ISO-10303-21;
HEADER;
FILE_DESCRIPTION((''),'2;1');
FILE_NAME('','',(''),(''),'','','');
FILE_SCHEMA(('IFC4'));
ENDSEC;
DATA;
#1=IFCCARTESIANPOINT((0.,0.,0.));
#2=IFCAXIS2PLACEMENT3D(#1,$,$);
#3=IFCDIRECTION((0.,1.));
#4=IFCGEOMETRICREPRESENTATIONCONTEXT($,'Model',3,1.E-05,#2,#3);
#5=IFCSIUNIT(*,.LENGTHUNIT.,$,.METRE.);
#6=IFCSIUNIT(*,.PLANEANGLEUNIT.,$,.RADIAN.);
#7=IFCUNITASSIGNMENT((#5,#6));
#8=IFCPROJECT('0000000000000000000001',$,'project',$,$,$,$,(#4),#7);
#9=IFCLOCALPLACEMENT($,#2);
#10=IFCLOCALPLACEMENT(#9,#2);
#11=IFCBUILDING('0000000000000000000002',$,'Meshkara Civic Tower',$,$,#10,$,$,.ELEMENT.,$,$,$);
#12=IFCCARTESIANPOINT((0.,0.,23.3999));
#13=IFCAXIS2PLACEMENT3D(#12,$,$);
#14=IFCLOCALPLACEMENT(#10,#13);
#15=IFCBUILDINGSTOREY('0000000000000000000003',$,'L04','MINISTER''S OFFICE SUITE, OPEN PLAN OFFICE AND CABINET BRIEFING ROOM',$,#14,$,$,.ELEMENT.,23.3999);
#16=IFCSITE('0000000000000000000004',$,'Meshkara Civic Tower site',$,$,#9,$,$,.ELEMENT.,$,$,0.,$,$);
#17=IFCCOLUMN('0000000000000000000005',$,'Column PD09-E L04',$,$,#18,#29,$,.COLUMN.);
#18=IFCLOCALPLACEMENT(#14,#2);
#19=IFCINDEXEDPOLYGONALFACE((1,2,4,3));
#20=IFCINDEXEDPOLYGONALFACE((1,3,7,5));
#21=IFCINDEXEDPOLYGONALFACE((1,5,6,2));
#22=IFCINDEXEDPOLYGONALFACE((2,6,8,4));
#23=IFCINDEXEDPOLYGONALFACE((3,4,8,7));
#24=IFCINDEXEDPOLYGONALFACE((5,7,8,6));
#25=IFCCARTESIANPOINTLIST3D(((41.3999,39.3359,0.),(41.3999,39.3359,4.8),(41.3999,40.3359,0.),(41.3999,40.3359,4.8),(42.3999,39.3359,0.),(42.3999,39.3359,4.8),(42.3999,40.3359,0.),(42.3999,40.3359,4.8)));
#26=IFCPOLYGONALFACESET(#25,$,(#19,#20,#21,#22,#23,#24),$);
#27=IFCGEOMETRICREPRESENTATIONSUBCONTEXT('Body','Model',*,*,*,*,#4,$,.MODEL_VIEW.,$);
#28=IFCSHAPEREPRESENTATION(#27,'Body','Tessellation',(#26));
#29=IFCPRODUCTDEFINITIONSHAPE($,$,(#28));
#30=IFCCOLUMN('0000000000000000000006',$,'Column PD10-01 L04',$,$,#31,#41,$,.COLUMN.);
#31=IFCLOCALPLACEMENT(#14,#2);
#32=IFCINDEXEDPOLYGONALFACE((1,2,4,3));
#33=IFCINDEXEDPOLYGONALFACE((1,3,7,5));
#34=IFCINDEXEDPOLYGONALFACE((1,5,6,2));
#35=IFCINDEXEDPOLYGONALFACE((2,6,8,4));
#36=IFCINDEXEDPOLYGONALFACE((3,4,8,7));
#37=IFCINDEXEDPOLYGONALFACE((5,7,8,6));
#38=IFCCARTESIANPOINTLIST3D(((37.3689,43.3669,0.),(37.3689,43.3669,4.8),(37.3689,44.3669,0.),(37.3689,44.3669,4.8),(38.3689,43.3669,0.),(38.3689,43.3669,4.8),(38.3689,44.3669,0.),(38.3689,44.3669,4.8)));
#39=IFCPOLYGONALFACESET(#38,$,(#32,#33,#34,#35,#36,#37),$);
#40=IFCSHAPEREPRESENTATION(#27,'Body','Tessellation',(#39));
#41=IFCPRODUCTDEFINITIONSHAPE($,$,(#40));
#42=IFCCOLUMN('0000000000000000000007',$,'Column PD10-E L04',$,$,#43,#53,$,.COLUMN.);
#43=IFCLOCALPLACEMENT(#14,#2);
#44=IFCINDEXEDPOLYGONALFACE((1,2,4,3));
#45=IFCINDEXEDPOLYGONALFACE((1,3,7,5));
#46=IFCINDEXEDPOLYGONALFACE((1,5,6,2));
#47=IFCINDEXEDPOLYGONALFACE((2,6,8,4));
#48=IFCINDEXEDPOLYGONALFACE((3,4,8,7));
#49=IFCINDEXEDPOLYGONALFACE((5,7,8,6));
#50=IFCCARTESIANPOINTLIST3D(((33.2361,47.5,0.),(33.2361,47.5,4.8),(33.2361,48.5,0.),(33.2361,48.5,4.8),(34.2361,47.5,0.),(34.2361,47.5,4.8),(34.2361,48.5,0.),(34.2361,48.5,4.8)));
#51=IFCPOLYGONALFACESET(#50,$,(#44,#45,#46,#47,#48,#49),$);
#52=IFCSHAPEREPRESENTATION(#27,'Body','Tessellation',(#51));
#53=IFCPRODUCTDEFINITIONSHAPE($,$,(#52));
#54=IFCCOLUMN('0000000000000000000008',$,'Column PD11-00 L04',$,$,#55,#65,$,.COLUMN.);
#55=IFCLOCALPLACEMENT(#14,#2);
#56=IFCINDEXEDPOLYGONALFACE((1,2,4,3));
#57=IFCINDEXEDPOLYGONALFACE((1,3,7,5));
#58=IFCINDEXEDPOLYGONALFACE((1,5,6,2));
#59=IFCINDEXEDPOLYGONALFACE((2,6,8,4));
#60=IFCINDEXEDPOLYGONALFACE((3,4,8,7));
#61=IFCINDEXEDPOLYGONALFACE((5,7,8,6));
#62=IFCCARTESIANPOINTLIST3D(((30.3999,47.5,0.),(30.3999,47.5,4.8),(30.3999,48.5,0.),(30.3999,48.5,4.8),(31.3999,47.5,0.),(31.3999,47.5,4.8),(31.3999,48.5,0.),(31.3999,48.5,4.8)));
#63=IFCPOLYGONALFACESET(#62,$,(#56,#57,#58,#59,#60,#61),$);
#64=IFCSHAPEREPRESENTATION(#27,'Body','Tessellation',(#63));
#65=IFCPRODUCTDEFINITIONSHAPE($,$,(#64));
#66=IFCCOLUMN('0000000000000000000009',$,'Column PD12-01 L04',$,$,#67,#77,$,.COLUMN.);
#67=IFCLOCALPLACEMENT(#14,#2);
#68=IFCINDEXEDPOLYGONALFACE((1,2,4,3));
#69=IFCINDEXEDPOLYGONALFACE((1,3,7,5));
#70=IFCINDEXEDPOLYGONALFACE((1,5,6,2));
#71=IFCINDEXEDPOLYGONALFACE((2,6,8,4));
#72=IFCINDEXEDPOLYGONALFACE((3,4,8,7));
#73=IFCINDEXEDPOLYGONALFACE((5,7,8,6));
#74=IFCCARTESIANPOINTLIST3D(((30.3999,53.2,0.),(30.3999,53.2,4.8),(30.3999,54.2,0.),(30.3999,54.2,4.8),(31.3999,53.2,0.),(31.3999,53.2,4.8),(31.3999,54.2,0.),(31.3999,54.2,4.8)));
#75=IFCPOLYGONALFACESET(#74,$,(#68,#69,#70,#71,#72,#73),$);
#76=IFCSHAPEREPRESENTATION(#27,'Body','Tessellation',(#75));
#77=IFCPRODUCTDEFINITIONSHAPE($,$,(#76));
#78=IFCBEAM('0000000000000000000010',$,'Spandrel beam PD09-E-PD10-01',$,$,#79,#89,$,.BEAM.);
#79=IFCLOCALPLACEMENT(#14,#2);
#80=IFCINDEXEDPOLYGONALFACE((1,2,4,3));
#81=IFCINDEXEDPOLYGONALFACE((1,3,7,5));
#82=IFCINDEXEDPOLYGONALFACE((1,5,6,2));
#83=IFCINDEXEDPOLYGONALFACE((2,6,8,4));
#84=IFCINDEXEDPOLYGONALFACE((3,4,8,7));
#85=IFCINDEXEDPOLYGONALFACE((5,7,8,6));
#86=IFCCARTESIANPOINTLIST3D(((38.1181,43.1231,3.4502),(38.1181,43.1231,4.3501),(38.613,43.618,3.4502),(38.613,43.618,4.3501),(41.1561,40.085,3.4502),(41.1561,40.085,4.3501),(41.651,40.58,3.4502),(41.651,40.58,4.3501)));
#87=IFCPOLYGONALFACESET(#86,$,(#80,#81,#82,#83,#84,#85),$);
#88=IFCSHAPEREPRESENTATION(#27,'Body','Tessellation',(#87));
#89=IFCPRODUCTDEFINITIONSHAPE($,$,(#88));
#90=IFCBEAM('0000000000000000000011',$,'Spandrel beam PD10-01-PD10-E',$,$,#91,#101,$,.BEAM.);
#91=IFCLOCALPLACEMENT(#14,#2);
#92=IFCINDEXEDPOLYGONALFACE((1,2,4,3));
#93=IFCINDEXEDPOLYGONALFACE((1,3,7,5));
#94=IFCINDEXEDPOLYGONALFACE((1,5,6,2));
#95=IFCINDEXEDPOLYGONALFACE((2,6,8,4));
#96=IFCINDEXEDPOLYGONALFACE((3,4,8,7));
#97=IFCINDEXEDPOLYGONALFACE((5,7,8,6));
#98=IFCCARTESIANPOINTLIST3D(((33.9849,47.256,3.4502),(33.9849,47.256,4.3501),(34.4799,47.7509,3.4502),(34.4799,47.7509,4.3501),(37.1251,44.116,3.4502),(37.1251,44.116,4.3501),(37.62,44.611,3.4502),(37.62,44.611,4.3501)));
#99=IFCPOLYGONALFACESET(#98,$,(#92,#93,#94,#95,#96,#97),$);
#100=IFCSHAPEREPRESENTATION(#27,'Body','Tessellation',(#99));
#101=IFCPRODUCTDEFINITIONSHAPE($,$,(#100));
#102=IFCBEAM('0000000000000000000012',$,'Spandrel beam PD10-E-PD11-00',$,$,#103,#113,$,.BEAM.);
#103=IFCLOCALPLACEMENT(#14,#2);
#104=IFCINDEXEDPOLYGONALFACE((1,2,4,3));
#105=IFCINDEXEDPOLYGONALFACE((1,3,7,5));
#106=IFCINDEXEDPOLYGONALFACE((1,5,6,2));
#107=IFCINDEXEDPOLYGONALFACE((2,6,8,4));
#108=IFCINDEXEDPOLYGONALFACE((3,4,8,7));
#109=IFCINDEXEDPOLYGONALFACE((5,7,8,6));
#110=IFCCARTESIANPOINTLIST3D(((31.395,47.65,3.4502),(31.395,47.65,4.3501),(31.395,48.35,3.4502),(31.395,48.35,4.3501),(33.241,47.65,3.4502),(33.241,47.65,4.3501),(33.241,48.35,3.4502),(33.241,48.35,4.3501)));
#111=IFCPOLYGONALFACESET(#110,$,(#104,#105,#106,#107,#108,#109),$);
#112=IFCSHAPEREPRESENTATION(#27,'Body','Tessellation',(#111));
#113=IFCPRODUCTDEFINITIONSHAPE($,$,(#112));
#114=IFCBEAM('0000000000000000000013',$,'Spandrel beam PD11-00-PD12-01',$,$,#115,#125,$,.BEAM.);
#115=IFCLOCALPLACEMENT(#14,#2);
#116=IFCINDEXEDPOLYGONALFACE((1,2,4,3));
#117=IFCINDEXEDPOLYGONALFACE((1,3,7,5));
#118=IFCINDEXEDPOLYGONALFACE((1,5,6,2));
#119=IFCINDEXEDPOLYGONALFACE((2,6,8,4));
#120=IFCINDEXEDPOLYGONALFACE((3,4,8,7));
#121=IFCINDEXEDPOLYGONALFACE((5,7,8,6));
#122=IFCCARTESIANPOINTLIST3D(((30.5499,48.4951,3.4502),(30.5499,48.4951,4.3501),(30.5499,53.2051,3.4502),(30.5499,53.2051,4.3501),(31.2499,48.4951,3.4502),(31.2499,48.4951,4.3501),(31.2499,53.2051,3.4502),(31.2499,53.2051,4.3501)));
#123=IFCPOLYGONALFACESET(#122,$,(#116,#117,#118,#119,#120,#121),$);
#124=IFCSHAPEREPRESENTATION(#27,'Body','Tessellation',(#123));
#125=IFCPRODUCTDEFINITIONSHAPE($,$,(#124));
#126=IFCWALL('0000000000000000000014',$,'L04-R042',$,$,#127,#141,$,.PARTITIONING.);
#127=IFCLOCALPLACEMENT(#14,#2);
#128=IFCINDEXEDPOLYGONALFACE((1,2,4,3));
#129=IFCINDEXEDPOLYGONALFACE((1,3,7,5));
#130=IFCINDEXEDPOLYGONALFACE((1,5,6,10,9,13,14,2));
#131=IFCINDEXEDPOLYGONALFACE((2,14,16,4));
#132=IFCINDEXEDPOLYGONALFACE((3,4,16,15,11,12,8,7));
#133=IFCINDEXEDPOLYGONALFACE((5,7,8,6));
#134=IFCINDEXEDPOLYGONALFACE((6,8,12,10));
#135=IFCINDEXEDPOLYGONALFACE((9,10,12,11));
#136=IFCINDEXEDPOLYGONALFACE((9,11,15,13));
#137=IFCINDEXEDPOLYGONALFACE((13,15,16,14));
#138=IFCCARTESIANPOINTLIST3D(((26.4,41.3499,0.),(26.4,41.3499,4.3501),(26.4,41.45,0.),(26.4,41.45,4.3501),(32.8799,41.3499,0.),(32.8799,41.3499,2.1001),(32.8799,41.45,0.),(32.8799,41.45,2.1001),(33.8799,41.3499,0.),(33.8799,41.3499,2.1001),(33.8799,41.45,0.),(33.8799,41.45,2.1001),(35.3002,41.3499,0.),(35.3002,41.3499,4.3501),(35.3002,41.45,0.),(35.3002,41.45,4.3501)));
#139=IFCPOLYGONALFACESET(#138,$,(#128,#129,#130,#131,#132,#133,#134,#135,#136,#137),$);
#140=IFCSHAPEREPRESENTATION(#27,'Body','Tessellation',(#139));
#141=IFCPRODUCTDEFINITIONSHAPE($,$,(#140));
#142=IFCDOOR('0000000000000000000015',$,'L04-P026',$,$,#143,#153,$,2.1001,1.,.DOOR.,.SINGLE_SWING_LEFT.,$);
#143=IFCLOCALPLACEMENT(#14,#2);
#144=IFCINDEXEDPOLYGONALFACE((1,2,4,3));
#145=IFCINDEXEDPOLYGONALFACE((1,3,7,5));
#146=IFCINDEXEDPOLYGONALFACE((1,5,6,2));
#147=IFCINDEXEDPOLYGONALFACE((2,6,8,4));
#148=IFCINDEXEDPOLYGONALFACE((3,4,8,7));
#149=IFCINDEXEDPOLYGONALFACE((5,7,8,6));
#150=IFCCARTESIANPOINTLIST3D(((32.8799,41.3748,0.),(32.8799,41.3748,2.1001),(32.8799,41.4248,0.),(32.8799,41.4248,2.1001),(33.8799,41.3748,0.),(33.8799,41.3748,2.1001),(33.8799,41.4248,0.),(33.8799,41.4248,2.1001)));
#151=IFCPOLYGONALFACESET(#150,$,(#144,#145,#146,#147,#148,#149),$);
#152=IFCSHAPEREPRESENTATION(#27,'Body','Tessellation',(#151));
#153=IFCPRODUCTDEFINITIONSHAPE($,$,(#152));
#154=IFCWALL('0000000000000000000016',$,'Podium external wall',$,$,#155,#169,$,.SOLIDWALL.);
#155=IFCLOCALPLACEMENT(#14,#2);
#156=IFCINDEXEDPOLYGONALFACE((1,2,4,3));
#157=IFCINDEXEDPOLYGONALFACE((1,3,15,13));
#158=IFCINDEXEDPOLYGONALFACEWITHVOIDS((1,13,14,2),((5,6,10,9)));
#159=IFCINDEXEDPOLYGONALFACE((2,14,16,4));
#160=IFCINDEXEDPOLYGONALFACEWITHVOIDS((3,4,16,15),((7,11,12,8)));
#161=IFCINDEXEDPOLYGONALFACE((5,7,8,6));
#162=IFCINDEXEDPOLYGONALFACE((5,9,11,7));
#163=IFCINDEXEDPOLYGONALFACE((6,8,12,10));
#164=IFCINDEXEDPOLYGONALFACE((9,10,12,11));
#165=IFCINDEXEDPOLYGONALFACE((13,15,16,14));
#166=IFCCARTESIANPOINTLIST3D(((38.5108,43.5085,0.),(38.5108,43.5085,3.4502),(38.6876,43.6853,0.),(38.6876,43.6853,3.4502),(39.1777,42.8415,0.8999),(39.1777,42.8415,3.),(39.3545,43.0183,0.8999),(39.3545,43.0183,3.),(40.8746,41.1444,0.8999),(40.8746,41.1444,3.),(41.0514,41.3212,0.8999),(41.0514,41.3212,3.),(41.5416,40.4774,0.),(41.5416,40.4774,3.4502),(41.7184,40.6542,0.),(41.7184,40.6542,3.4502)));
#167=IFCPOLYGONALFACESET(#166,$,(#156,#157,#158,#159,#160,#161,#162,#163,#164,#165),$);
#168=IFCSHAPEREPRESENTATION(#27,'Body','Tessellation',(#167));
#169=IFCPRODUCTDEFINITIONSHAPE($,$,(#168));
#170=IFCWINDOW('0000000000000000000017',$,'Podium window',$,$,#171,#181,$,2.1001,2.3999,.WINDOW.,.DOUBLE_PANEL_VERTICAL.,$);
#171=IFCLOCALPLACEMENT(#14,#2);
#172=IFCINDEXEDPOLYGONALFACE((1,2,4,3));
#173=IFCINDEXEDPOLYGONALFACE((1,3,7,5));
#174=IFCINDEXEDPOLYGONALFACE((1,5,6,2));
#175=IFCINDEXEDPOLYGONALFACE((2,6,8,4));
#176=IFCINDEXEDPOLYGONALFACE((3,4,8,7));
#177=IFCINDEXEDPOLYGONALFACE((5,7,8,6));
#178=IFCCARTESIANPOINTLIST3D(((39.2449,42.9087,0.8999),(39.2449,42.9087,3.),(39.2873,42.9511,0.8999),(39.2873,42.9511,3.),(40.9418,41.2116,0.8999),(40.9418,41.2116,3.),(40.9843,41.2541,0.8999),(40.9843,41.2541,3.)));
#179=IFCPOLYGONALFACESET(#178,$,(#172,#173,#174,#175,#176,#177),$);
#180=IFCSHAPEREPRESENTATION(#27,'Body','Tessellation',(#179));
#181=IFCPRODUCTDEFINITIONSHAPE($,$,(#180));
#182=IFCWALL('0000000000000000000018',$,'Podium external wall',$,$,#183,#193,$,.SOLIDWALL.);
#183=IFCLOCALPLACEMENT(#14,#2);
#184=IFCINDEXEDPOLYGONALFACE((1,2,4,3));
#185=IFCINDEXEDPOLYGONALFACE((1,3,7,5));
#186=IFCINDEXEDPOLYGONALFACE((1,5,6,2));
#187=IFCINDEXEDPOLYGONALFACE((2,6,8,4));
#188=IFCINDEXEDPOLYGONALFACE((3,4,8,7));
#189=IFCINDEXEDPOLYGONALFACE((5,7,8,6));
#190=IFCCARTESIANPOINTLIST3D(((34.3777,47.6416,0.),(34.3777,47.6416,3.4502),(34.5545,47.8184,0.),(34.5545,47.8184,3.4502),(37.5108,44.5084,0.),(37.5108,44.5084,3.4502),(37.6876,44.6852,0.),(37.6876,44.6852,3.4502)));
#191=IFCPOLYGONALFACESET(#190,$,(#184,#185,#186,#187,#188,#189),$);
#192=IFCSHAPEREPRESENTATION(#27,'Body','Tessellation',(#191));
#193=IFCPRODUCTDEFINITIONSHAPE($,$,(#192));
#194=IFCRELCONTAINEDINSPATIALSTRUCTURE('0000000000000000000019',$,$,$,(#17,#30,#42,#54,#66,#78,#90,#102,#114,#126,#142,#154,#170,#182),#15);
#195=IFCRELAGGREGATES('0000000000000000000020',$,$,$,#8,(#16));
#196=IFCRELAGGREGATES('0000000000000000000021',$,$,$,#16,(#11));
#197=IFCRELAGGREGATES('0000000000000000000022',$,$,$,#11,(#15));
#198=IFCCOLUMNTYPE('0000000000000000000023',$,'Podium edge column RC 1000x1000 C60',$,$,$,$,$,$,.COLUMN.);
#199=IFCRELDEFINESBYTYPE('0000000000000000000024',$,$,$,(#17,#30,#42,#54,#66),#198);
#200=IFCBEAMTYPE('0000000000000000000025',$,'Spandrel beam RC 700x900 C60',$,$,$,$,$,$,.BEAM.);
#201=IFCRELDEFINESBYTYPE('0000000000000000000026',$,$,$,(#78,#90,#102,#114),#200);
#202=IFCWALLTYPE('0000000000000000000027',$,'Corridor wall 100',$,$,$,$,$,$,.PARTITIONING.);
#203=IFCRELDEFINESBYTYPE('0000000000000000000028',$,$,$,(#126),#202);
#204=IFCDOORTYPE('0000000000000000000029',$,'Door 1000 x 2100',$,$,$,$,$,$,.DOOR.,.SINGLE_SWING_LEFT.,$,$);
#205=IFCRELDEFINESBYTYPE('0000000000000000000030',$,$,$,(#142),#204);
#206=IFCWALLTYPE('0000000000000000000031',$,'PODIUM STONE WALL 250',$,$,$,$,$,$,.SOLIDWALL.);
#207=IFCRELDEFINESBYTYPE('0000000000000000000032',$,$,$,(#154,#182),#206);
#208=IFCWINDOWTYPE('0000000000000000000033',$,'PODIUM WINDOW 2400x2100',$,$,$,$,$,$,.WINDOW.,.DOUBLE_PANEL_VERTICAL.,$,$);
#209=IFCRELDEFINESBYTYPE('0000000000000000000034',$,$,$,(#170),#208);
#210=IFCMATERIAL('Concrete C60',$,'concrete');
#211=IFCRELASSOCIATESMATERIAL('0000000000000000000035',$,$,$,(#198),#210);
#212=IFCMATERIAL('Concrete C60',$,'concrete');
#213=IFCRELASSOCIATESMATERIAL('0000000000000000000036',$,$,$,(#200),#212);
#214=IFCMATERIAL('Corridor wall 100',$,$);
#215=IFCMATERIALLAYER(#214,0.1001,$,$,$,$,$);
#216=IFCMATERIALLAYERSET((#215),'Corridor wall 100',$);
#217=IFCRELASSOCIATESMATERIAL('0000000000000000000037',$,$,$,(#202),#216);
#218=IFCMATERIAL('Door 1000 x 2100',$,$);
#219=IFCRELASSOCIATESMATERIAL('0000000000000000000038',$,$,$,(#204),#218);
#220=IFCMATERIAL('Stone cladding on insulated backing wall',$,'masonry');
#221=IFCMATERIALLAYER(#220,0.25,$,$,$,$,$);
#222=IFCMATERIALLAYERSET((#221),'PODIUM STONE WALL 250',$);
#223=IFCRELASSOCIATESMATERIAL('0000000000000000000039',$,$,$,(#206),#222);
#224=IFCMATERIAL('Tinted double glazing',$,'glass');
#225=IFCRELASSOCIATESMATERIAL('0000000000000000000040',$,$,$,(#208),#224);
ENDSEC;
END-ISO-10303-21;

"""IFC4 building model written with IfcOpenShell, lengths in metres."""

from ifc_helpers import new_model, si_unit, direction, frame, frame_2d, origin, origin_2d, place, context, subcontext, project, spatial, rectangle, extrude, material, layer, layer_set, material_profile, profile_set, type_object, element, fill, save


model = new_model("IFC4")

# Units and contexts
model_context = context("Model", 3, precision=1e-05, world=origin(), true_north=direction((0.0, 1.0)))
body_context = subcontext(model_context, "Body", "Model", "MODEL_VIEW")
ifc_project = project(units=[si_unit("LENGTHUNIT", "METRE"), si_unit("PLANEANGLEUNIT", "RADIAN")], contexts=[model_context])

# Site, building, storey
site_placement = place(None, origin())
site = spatial("IfcSite", under=ifc_project, at=site_placement, Name="Meshkara Civic Tower site", CompositionType="ELEMENT", RefElevation=0.0)
building_placement = place(site_placement, origin())
building = spatial("IfcBuilding", under=site, at=building_placement, Name="Meshkara Civic Tower", CompositionType="ELEMENT")
storey_placement = place(building_placement, frame((0.0, 0.0, 23.3999)))
storey = spatial("IfcBuildingStorey", under=building, at=storey_placement, Name="L04", Description="MINISTER'S OFFICE SUITE, OPEN PLAN OFFICE AND CABINET BRIEFING ROOM", CompositionType="ELEMENT", Elevation=23.3999)

# Columns
ifc_material_1 = material(Name="Concrete C60", Category="concrete")
ifc_material_profile_1 = material_profile(ifc_material_1, rectangle(XDim=1.0, YDim=1.0, at=origin_2d()))
ifc_profile_set_1 = profile_set([ifc_material_profile_1], Name="Concrete C60")
column_type = type_object("IfcColumnType", Name="Podium edge column RC 1000x1000 C60", PredefinedType="COLUMN", material=ifc_profile_set_1)
for number, where, z_axis, x_axis, name in (
    (1, (41.8999, 39.8359, 0.0), (0.0, 0.0, 1.0), (1.0, 0.0, 0.0), "Column PD09-E L04"),
    (2, (37.8689, 43.8669, 0.0), (0.0, 0.0, 1.0), (1.0, 0.0, 0.0), "Column PD10-01 L04"),
    (3, (33.7361, 48.0, 0.0), (0.0, 0.0, 1.0), (1.0, 0.0, 0.0), "Column PD10-E L04"),
    (4, (30.8999, 48.0, 0.0), (0.0, 0.0, 1.0), (1.0, 0.0, 0.0), "Column PD11-00 L04"),
    (5, (30.8999, 53.7, 0.0), (0.0, 0.0, 1.0), (1.0, 0.0, 0.0), "Column PD12-01 L04"),
):
    element("IfcColumn", number, at=place(storey_placement, frame(where, z_axis=z_axis, x_axis=x_axis)), inside=storey, type_object=column_type, Name=name, PredefinedType="COLUMN", context=body_context, shape_type="SweptSolid", body=[
        extrude(rectangle(XDim=1.0, YDim=1.0, at=origin_2d()), origin(), (0.0, 0.0, 1.0), 4.8),
    ])

# Beams
ifc_material_2 = material(Name="Concrete C60", Category="concrete")
ifc_material_profile_2 = material_profile(ifc_material_2, rectangle(XDim=0.7, YDim=0.8999, at=origin_2d()))
ifc_profile_set_2 = profile_set([ifc_material_profile_2], Name="Concrete C60")
beam_type = type_object("IfcBeamType", Name="Spandrel beam RC 700x900 C60", PredefinedType="BEAM", material=ifc_profile_set_2)
beam_1_placement = place(storey_placement, frame((41.4036, 40.3325, 3.9001), z_axis=(-0.707107, 0.707107, 0.0), x_axis=(-0.707107, -0.707107, 0.0)))
element("IfcBeam", 6, at=beam_1_placement, inside=storey, type_object=beam_type, Name="Spandrel beam PD09-E-PD10-01", PredefinedType="BEAM", context=body_context, shape_type="SweptSolid", body=[
    extrude(rectangle(XDim=0.7, YDim=0.8999, at=origin_2d()), origin(), (0.0, 0.0, 1.0), 4.2964),
])
beam_2_placement = place(storey_placement, frame((37.3726, 44.3635, 3.9001), z_axis=(-0.707134, 0.707079, 0.0), x_axis=(-0.707079, -0.707134, 0.0)))
element("IfcBeam", 7, at=beam_2_placement, inside=storey, type_object=beam_type, Name="Spandrel beam PD10-01-PD10-E", PredefinedType="BEAM", context=body_context, shape_type="SweptSolid", body=[
    extrude(rectangle(XDim=0.7, YDim=0.8999, at=origin_2d()), origin(), (0.0, 0.0, 1.0), 4.4407),
])
beam_3_placement = place(storey_placement, frame((33.241, 48.0, 3.9001), z_axis=(-1.0, 0.0, 0.0), x_axis=(0.0, -1.0, 0.0)))
element("IfcBeam", 8, at=beam_3_placement, inside=storey, type_object=beam_type, Name="Spandrel beam PD10-E-PD11-00", PredefinedType="BEAM", context=body_context, shape_type="SweptSolid", body=[
    extrude(rectangle(XDim=0.7, YDim=0.8999, at=origin_2d()), origin(), (0.0, 0.0, 1.0), 1.8459),
])
beam_4_placement = place(storey_placement, frame((30.8999, 48.4951, 3.9001), z_axis=(0.0, 1.0, 0.0), x_axis=(-1.0, 0.0, 0.0)))
element("IfcBeam", 9, at=beam_4_placement, inside=storey, type_object=beam_type, Name="Spandrel beam PD11-00-PD12-01", PredefinedType="BEAM", context=body_context, shape_type="SweptSolid", body=[
    extrude(rectangle(XDim=0.7, YDim=0.8999, at=origin_2d()), origin(), (0.0, 0.0, 1.0), 4.71),
])

# Wall, opening, door
ifc_material_3 = material(Name="Corridor wall 100")
ifc_layer_1 = layer(ifc_material_3, 0.1001)
ifc_layer_set_1 = layer_set([ifc_layer_1], Name="Corridor wall 100")
wall_type_1 = type_object("IfcWallType", Name="Corridor wall 100", PredefinedType="PARTITIONING", material=ifc_layer_set_1)
wall_1_placement = place(storey_placement, frame((26.3999, 41.3999, 0.0), z_axis=(0.0, 0.0, 1.0), x_axis=(1.0, 0.0, 0.0)))
wall_1 = element("IfcWall", 10, at=wall_1_placement, inside=storey, type_object=wall_type_1, Name="L04-R042", PredefinedType="PARTITIONING", context=body_context, shape_type="SweptSolid", body=[
    extrude(rectangle(XDim=8.9001, YDim=0.1001, at=frame_2d((4.4502, 0.0))), origin(), (0.0, 0.0, 1.0), 4.3501),
])
opening_1_placement = place(wall_1_placement, frame((6.48, 0.0, 0.0)))
opening_1 = element("IfcOpeningElement", 11, at=opening_1_placement, cuts=wall_1, PredefinedType="OPENING", context=body_context, shape_type="SweptSolid", body=[
    extrude(rectangle(XDim=1.0, YDim=2.1001, at=frame_2d((0.5, 1.05))), frame((0.0, 0.0601, 0.0), z_axis=(0.0, -1.0, 0.0), x_axis=(1.0, 0.0, 0.0)), (0.0, 0.0, 1.0), 0.1201),
])
ifc_material_4 = material(Name="Door 1000 x 2100")
door_type = type_object("IfcDoorType", Name="Door 1000 x 2100", OperationType="SINGLE_SWING_LEFT", PredefinedType="DOOR", material=ifc_material_4)
door_1_placement = place(opening_1_placement, origin())
door_1 = element("IfcDoor", 12, at=door_1_placement, inside=storey, type_object=door_type, Name="L04-P026", OperationType="SINGLE_SWING_LEFT", OverallHeight=2.1001, OverallWidth=1.0, PredefinedType="DOOR", context=body_context, shape_type="SweptSolid", body=[
    extrude(rectangle(XDim=1.0, YDim=2.1001, at=frame_2d((0.5, 1.05))), frame((0.0, 0.0249, 0.0), z_axis=(0.0, -1.0, 0.0), x_axis=(1.0, 0.0, 0.0)), (0.0, 0.0, 1.0), 0.05),
])
fill(opening_1, door_1)

# Wall, opening, window
ifc_material_5 = material(Name="Stone cladding on insulated backing wall", Category="masonry")
ifc_layer_2 = layer(ifc_material_5, 0.25)
ifc_layer_set_2 = layer_set([ifc_layer_2], Name="PODIUM STONE WALL 250")
wall_type_2 = type_object("IfcWallType", Name="PODIUM STONE WALL 250", PredefinedType="SOLIDWALL", material=ifc_layer_set_2)
wall_2_placement = place(storey_placement, frame((41.6299, 40.5659, 0.0), z_axis=(0.0, 0.0, 1.0), x_axis=(-0.707078, 0.707135, 0.0)))
wall_2 = element("IfcWall", 13, at=wall_2_placement, inside=storey, type_object=wall_type_2, Name="Podium external wall", PredefinedType="SOLIDWALL", context=body_context, shape_type="SweptSolid", body=[
    extrude(rectangle(XDim=4.2864, YDim=0.25, at=frame_2d((2.1431, 0.0))), origin(), (0.0, 0.0, 1.0), 3.4502),
])
opening_2_placement = place(wall_2_placement, frame((0.9431, 0.0, 0.8999)))
opening_2 = element("IfcOpeningElement", 14, at=opening_2_placement, cuts=wall_2, PredefinedType="OPENING", context=body_context, shape_type="SweptSolid", body=[
    extrude(rectangle(XDim=2.3999, YDim=2.1001, at=frame_2d((1.2, 1.05))), frame((0.0, 0.135, 0.0), z_axis=(0.0, -1.0, 0.0), x_axis=(1.0, 0.0, 0.0)), (0.0, 0.0, 1.0), 0.27),
])
ifc_material_6 = material(Name="Tinted double glazing", Category="glass")
window_type = type_object("IfcWindowType", Name="PODIUM WINDOW 2400x2100", PartitioningType="DOUBLE_PANEL_VERTICAL", PredefinedType="WINDOW", material=ifc_material_6)
window_1_placement = place(opening_2_placement, origin())
window_1 = element("IfcWindow", 15, at=window_1_placement, inside=storey, type_object=window_type, Name="Podium window", OverallHeight=2.1001, OverallWidth=2.3999, PartitioningType="DOUBLE_PANEL_VERTICAL", PredefinedType="WINDOW", context=body_context, shape_type="SweptSolid", body=[
    extrude(rectangle(XDim=2.3999, YDim=2.1001, at=frame_2d((1.2, 1.05))), frame((0.0, 0.03, 0.0), z_axis=(0.0, -1.0, 0.0), x_axis=(1.0, 0.0, 0.0)), (0.0, 0.0, 1.0), 0.0601),
])
fill(opening_2, window_1)

# Wall
wall_3_placement = place(storey_placement, frame((37.5991, 44.5969, 0.0), z_axis=(0.0, 0.0, 1.0), x_axis=(-0.707107, 0.707107, 0.0)))
element("IfcWall", 16, at=wall_3_placement, inside=storey, type_object=wall_type_2, Name="Podium external wall", PredefinedType="SOLIDWALL", context=body_context, shape_type="SweptSolid", body=[
    extrude(rectangle(XDim=4.4309, YDim=0.25, at=frame_2d((2.2153, 0.0))), origin(), (0.0, 0.0, 1.0), 3.4502),
])

save(model, "model.ifc")
